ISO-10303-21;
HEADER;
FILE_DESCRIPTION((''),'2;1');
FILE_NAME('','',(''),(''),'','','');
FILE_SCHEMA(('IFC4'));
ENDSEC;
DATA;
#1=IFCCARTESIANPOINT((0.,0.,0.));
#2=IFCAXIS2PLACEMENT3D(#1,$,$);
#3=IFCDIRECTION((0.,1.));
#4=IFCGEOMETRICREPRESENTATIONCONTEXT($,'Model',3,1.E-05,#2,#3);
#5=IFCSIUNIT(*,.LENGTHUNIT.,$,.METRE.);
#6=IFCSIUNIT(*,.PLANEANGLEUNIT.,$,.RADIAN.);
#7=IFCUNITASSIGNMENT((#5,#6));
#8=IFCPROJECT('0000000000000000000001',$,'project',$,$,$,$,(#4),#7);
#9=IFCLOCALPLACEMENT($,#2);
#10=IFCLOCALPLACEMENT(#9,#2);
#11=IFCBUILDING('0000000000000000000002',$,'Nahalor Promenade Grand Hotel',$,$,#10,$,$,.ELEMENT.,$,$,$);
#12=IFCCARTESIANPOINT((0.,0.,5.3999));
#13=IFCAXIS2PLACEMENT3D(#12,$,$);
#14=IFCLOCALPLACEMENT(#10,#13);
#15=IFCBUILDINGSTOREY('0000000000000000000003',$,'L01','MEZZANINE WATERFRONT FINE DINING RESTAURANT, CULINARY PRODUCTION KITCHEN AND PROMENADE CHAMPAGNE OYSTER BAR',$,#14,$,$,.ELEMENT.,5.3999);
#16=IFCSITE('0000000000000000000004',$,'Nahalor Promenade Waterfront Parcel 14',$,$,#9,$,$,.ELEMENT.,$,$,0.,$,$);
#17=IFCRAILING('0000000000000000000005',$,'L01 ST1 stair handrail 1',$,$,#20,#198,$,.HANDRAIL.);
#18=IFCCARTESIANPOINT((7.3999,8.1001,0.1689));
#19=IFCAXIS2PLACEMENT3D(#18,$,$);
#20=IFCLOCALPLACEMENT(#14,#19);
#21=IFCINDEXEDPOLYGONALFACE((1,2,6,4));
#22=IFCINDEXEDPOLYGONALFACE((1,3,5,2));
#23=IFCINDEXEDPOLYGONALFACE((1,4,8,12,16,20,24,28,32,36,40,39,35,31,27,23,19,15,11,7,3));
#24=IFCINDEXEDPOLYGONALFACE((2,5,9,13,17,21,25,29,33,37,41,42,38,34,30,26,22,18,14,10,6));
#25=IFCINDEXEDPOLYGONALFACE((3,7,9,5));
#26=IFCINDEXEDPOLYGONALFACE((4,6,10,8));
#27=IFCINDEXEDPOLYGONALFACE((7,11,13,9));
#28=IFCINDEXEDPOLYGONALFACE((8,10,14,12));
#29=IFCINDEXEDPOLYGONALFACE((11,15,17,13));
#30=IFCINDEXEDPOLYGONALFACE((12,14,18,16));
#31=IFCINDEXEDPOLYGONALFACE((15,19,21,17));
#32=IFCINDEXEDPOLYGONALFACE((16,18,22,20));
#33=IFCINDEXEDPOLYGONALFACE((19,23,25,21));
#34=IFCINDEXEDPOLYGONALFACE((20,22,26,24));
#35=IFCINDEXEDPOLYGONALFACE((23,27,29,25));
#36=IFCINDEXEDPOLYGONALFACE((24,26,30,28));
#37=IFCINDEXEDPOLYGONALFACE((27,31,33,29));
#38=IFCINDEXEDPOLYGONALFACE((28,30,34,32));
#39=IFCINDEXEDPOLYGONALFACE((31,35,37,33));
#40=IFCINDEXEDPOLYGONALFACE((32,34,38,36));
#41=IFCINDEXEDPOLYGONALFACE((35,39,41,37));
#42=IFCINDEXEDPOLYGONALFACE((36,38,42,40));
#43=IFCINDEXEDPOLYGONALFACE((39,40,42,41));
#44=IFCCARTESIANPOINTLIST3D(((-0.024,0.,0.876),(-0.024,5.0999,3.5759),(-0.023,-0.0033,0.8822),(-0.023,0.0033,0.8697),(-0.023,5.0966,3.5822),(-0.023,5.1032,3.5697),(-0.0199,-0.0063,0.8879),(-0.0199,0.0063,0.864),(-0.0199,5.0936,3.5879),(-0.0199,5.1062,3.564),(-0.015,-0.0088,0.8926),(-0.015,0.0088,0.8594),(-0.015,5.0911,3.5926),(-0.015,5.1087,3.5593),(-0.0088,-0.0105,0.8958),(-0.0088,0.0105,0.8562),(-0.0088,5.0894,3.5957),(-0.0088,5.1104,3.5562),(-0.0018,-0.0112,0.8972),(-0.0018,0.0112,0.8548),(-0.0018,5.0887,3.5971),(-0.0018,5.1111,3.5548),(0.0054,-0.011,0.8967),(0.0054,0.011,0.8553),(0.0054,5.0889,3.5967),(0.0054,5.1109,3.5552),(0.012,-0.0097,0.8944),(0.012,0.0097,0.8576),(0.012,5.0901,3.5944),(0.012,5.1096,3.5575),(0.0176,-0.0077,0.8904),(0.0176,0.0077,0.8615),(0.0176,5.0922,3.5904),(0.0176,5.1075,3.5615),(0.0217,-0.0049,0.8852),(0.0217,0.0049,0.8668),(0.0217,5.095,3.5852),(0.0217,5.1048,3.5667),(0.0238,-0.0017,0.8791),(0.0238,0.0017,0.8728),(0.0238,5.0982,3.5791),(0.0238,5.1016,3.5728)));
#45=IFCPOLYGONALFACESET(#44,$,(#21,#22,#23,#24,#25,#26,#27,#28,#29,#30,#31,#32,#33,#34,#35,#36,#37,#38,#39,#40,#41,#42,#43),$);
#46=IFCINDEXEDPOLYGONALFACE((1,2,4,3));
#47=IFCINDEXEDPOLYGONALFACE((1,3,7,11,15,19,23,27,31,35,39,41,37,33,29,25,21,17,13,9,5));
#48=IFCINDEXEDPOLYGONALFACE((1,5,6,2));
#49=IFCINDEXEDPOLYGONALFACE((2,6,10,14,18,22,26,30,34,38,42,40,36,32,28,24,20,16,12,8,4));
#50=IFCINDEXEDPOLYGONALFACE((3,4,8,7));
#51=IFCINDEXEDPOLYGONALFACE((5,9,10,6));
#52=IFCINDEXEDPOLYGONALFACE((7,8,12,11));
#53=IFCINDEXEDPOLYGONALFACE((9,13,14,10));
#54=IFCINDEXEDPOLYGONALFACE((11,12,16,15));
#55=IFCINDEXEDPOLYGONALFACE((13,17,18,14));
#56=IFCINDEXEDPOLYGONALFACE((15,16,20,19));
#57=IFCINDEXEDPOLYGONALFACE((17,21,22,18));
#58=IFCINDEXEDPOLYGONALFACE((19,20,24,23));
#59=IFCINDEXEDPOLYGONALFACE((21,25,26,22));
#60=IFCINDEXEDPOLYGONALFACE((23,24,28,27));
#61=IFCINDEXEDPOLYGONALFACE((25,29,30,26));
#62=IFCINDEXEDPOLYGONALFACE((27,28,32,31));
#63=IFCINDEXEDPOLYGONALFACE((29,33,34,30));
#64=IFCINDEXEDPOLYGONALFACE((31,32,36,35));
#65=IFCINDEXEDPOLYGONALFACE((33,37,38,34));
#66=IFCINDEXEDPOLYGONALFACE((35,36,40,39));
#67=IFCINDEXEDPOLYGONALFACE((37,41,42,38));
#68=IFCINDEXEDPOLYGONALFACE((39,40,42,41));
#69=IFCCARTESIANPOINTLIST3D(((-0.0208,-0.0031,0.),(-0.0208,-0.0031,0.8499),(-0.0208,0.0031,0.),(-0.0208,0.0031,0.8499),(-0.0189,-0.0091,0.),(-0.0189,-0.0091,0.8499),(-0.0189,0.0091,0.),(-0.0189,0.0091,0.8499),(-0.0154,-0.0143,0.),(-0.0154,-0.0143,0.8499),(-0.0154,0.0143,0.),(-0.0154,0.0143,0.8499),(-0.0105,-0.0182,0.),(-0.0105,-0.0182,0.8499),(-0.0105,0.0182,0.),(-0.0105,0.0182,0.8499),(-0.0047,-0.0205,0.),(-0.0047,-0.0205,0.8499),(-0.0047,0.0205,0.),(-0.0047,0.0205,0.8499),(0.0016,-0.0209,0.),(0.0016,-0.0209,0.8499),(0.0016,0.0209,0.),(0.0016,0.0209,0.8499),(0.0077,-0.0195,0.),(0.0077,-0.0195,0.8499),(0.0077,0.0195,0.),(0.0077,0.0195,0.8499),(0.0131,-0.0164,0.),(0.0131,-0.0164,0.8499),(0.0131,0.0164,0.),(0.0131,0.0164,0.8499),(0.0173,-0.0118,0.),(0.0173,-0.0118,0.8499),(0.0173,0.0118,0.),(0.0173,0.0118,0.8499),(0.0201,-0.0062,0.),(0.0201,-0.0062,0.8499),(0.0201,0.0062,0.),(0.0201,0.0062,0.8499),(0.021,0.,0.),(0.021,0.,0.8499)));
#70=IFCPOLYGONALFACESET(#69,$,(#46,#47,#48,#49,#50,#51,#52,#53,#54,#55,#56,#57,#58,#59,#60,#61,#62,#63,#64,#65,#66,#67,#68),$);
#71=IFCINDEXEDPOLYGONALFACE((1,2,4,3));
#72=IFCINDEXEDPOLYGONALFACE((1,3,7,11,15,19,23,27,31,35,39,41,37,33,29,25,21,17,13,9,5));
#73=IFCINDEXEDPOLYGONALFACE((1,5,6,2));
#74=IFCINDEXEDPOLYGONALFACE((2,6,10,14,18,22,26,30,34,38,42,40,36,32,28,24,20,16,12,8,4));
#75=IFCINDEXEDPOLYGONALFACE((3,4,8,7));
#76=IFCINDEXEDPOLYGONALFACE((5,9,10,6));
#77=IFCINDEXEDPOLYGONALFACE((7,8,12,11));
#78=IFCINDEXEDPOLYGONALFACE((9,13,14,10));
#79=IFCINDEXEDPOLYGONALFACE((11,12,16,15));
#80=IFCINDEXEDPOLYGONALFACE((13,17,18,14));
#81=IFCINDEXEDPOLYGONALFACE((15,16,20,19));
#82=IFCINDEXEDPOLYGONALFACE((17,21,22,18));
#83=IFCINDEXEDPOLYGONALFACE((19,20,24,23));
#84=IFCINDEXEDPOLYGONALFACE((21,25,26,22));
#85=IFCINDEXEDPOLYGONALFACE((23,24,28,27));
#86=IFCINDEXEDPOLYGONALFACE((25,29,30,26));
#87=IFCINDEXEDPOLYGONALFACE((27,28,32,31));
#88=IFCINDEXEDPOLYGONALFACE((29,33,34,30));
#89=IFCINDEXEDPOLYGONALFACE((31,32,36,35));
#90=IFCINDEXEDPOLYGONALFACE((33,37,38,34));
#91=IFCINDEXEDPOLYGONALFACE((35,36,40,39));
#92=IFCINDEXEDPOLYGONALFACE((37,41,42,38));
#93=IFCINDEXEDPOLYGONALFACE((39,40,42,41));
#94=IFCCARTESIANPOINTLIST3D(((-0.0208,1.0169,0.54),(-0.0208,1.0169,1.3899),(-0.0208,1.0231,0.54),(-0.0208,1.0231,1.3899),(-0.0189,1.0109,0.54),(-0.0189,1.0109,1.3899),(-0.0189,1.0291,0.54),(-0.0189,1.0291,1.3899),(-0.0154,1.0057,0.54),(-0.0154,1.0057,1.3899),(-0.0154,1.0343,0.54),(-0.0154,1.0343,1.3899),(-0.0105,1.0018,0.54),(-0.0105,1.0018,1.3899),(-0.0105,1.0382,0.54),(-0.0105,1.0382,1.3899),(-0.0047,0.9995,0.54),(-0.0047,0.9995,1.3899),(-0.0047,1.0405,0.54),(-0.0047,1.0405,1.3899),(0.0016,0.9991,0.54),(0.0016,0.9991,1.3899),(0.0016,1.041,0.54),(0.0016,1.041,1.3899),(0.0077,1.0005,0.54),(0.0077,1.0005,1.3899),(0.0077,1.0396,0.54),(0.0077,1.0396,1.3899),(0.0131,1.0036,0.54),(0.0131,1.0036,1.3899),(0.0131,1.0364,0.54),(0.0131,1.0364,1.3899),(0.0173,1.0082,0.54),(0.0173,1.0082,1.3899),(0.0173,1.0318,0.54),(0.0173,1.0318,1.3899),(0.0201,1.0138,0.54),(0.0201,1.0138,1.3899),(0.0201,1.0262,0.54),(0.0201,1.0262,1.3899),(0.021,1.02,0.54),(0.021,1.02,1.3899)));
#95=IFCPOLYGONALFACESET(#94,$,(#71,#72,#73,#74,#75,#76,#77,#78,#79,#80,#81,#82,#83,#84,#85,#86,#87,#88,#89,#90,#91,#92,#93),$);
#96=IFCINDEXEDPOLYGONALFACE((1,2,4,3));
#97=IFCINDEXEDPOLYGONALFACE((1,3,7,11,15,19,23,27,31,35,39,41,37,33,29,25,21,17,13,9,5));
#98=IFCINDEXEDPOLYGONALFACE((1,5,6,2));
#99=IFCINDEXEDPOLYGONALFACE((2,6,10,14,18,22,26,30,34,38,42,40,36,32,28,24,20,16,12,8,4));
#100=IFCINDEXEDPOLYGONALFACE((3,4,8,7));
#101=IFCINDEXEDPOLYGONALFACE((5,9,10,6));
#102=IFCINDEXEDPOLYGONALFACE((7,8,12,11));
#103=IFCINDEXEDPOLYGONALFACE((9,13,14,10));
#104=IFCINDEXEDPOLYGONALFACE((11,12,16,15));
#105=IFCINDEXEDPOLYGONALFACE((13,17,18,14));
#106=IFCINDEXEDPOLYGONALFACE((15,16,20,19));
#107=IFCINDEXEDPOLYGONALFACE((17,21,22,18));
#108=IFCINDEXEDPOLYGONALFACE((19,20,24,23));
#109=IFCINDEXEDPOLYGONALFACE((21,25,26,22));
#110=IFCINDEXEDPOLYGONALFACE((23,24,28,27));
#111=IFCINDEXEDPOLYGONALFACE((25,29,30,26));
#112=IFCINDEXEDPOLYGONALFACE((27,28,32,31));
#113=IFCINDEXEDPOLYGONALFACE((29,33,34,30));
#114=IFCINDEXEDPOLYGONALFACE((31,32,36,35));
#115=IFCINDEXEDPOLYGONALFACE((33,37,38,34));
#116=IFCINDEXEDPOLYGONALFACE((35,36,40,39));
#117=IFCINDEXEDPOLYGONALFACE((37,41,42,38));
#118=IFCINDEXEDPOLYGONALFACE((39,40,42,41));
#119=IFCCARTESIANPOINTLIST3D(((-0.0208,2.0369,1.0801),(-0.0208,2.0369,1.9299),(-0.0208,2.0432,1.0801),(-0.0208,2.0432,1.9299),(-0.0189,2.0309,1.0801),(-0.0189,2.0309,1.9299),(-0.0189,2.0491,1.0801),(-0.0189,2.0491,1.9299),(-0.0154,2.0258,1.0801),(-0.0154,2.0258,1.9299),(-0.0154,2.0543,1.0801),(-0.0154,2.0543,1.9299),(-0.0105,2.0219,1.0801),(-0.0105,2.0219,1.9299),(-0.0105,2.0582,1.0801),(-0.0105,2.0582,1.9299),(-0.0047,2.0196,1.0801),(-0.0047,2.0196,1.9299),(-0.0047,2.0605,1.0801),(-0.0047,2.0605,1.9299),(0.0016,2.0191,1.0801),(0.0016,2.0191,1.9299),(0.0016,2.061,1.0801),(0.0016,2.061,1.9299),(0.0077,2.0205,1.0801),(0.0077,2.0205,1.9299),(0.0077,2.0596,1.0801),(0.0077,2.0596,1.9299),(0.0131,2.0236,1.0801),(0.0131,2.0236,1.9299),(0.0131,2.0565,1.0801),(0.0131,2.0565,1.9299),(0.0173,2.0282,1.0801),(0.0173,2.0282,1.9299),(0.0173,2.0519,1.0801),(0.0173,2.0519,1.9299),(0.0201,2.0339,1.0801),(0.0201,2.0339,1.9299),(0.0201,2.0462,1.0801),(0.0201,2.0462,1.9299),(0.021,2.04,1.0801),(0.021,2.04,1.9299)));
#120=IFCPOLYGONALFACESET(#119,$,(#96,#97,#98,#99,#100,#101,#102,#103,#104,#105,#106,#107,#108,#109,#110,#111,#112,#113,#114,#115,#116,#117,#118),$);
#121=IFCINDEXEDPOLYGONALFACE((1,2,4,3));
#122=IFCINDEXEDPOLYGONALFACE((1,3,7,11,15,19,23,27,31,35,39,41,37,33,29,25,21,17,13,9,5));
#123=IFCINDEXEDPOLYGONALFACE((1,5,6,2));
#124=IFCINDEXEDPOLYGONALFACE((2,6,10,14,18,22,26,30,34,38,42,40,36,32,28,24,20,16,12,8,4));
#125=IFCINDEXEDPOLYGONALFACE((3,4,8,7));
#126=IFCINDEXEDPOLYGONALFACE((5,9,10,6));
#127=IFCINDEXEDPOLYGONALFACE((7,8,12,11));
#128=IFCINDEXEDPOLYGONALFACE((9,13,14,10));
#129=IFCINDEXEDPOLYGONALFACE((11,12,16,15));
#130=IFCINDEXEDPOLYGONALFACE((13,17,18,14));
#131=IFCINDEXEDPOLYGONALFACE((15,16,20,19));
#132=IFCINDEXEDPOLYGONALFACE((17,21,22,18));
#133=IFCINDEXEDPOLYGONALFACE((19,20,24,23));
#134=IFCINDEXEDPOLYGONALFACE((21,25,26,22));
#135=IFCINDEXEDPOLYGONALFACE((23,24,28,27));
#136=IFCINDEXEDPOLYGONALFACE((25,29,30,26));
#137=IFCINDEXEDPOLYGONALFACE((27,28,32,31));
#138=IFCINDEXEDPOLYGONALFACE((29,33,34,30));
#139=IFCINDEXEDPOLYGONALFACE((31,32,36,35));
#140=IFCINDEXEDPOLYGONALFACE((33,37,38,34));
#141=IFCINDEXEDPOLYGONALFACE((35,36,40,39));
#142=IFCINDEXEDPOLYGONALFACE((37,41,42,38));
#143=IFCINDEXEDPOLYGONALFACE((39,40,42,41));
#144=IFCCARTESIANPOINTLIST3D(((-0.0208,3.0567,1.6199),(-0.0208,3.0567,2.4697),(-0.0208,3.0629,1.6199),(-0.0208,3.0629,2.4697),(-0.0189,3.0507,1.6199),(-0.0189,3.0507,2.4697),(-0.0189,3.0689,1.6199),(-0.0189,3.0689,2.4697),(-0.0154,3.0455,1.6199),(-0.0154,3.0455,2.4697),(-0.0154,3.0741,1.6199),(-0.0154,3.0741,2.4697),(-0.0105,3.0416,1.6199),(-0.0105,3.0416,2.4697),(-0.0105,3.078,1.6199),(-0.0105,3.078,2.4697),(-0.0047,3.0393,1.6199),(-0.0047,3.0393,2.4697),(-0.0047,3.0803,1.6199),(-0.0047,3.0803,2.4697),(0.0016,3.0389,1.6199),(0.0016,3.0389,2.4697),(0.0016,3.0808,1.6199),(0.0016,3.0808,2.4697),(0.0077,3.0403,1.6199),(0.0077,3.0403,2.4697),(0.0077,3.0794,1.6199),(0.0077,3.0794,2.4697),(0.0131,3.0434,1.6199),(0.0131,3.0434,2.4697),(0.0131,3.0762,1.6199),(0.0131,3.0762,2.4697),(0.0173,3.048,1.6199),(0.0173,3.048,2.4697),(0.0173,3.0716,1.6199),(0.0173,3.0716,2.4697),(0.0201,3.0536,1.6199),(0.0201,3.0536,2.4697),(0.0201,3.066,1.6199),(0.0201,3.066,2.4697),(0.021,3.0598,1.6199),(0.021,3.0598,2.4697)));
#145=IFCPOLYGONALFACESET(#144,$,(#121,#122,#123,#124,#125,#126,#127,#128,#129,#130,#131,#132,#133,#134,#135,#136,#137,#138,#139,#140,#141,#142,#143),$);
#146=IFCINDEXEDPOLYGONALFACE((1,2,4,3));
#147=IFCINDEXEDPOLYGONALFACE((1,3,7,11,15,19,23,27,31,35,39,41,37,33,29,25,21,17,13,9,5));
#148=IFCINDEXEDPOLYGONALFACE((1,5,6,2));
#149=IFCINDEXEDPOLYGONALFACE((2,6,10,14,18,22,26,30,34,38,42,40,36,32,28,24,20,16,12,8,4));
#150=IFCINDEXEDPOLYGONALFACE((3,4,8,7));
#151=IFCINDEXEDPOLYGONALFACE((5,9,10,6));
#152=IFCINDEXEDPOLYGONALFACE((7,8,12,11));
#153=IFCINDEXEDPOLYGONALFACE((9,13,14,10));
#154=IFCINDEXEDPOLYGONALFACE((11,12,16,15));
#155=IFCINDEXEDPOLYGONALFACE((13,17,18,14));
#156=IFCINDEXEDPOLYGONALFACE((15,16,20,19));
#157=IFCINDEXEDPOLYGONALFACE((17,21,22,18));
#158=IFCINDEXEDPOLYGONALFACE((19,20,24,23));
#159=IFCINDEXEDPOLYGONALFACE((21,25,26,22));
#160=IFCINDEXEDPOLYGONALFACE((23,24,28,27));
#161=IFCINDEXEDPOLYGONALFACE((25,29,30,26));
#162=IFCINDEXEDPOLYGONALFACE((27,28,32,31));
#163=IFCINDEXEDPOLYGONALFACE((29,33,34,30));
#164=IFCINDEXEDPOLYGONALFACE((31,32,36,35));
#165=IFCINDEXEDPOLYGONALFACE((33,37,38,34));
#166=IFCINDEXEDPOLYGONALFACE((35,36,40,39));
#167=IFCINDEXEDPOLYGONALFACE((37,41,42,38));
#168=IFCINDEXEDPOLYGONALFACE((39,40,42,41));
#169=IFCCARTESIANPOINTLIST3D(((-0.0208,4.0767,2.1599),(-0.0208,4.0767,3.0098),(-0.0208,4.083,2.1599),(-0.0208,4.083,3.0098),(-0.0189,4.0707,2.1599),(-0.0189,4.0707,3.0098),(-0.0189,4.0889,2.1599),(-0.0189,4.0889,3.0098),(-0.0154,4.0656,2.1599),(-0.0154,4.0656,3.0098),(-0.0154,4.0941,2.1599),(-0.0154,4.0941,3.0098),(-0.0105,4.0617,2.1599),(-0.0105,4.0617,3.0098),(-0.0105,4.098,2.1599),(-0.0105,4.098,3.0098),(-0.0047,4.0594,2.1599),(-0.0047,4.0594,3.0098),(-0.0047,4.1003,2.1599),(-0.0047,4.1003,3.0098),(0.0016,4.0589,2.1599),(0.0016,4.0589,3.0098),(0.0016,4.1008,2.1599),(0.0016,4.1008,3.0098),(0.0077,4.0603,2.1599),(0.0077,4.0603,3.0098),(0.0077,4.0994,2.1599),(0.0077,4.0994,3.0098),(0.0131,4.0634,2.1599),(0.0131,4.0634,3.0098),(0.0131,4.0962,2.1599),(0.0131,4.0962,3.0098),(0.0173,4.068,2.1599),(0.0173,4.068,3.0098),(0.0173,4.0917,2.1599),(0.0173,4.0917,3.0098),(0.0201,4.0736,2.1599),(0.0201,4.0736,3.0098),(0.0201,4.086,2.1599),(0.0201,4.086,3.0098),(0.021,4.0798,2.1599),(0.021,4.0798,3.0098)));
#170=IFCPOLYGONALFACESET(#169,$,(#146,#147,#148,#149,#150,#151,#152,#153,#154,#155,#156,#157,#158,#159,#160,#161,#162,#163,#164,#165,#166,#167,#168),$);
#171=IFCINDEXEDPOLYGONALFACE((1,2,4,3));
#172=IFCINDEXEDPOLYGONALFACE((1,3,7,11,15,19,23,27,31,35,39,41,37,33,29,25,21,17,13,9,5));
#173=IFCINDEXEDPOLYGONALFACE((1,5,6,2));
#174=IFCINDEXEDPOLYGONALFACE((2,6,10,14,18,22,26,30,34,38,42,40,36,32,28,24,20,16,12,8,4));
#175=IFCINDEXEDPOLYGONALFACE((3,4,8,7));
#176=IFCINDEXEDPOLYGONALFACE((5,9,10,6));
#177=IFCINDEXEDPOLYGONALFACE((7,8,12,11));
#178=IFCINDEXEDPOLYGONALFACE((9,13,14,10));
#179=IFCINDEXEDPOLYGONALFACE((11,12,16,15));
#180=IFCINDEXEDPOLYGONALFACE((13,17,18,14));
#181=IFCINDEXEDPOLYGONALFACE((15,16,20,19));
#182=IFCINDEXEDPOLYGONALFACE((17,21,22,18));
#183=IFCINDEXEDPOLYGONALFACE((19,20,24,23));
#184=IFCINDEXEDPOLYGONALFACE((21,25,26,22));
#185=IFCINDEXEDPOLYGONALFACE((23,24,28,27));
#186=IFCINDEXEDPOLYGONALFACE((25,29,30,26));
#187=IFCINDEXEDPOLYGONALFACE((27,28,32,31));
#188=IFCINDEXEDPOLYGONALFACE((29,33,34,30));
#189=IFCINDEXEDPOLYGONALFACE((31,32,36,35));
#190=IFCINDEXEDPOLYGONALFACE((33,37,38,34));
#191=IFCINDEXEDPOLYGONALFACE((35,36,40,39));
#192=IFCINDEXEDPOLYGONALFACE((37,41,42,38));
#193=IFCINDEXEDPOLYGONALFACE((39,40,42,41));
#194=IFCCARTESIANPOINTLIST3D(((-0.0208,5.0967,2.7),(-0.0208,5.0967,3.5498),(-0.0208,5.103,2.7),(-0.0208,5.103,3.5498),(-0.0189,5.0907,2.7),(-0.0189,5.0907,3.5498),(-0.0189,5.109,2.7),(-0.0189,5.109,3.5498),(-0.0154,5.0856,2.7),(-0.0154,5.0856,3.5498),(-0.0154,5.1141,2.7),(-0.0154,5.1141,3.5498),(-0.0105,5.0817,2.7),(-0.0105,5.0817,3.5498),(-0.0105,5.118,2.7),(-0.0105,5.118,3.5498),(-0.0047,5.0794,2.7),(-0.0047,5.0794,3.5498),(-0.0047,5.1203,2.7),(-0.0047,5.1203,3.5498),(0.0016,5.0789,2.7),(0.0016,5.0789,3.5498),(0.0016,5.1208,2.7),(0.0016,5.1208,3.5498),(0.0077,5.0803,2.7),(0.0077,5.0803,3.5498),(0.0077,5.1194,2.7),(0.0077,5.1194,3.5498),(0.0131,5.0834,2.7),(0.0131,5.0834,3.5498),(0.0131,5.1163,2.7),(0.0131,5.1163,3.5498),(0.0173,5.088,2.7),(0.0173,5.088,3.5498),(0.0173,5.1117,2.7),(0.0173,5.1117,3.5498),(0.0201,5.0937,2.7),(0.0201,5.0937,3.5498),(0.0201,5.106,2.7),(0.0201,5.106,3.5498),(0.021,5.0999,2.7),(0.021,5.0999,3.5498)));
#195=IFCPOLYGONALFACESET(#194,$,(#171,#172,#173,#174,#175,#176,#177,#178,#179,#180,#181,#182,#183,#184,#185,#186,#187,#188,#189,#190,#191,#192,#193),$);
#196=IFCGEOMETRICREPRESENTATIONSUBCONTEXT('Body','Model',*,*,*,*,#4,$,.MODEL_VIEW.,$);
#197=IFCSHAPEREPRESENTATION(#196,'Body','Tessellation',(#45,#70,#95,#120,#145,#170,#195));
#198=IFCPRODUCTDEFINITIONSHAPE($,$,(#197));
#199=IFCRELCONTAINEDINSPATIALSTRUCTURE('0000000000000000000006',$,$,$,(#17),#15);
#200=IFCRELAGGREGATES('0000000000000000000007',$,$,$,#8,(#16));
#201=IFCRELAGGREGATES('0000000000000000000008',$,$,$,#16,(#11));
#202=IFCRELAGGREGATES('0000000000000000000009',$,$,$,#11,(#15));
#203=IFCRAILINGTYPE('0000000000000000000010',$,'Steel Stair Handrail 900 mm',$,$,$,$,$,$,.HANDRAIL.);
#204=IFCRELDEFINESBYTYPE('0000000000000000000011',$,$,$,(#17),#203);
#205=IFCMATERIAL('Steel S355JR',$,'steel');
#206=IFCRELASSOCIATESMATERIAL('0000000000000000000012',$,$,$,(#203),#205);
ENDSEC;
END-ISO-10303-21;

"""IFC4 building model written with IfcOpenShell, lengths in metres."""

from ifc_helpers import new_model, si_unit, direction, frame, origin, origin_2d, place, context, subcontext, project, spatial, circle, extrude, material, type_object, element, save


model = new_model("IFC4")

# Units and contexts
model_context = context("Model", 3, precision=1e-05, world=origin(), true_north=direction((0.0, 1.0)))
body_context = subcontext(model_context, "Body", "Model", "MODEL_VIEW")
ifc_project = project(units=[si_unit("LENGTHUNIT", "METRE"), si_unit("PLANEANGLEUNIT", "RADIAN")], contexts=[model_context])

# Site, building, storey
site_placement = place(None, origin())
site = spatial("IfcSite", under=ifc_project, at=site_placement, Name="Nahalor Promenade Waterfront Parcel 14", CompositionType="ELEMENT", RefElevation=0.0)
building_placement = place(site_placement, origin())
building = spatial("IfcBuilding", under=site, at=building_placement, Name="Nahalor Promenade Grand Hotel", CompositionType="ELEMENT")
storey_placement = place(building_placement, frame((0.0, 0.0, 5.3999)))
storey = spatial("IfcBuildingStorey", under=building, at=storey_placement, Name="L01", Description="MEZZANINE WATERFRONT FINE DINING RESTAURANT, CULINARY PRODUCTION KITCHEN AND PROMENADE CHAMPAGNE OYSTER BAR", CompositionType="ELEMENT", Elevation=5.3999)

# Shared definitions
ifc_material_1 = material(Name="Steel S355JR", Category="steel")

# Railing
railing_type_1 = type_object("IfcRailingType", Name="Steel Stair Handrail 900 mm", PredefinedType="HANDRAIL", material=ifc_material_1)
railing_1_placement = place(storey_placement, frame((7.3999, 8.1001, 0.1689)))
element("IfcRailing", 1, at=railing_1_placement, inside=storey, type_object=railing_type_1, Name="L01 ST1 stair handrail 1", PredefinedType="HANDRAIL", context=body_context, shape_type="SweptSolid", body=[
    extrude(circle(Radius=0.024, at=origin_2d()), frame((0.0, 0.0, 0.876), z_axis=(0.0, 0.883786, 0.467892), x_axis=(-1.0, 0.0, 0.0)), (0.0, 0.0, 1.0), 5.7705),
    extrude(circle(Radius=0.021, at=origin_2d()), origin(), (0.0, 0.0, 1.0), 0.8499),
    extrude(circle(Radius=0.021, at=origin_2d()), frame((0.0, 1.02, 0.54)), (0.0, 0.0, 1.0), 0.8499),
    extrude(circle(Radius=0.021, at=origin_2d()), frame((0.0, 2.04, 1.0801)), (0.0, 0.0, 1.0), 0.8499),
    extrude(circle(Radius=0.021, at=origin_2d()), frame((0.0, 3.0598, 1.6199)), (0.0, 0.0, 1.0), 0.8499),
    extrude(circle(Radius=0.021, at=origin_2d()), frame((0.0, 4.0798, 2.1599)), (0.0, 0.0, 1.0), 0.8499),
    extrude(circle(Radius=0.021, at=origin_2d()), frame((0.0, 5.0999, 2.7)), (0.0, 0.0, 1.0), 0.8499),
])

save(model, "model.ifc")
